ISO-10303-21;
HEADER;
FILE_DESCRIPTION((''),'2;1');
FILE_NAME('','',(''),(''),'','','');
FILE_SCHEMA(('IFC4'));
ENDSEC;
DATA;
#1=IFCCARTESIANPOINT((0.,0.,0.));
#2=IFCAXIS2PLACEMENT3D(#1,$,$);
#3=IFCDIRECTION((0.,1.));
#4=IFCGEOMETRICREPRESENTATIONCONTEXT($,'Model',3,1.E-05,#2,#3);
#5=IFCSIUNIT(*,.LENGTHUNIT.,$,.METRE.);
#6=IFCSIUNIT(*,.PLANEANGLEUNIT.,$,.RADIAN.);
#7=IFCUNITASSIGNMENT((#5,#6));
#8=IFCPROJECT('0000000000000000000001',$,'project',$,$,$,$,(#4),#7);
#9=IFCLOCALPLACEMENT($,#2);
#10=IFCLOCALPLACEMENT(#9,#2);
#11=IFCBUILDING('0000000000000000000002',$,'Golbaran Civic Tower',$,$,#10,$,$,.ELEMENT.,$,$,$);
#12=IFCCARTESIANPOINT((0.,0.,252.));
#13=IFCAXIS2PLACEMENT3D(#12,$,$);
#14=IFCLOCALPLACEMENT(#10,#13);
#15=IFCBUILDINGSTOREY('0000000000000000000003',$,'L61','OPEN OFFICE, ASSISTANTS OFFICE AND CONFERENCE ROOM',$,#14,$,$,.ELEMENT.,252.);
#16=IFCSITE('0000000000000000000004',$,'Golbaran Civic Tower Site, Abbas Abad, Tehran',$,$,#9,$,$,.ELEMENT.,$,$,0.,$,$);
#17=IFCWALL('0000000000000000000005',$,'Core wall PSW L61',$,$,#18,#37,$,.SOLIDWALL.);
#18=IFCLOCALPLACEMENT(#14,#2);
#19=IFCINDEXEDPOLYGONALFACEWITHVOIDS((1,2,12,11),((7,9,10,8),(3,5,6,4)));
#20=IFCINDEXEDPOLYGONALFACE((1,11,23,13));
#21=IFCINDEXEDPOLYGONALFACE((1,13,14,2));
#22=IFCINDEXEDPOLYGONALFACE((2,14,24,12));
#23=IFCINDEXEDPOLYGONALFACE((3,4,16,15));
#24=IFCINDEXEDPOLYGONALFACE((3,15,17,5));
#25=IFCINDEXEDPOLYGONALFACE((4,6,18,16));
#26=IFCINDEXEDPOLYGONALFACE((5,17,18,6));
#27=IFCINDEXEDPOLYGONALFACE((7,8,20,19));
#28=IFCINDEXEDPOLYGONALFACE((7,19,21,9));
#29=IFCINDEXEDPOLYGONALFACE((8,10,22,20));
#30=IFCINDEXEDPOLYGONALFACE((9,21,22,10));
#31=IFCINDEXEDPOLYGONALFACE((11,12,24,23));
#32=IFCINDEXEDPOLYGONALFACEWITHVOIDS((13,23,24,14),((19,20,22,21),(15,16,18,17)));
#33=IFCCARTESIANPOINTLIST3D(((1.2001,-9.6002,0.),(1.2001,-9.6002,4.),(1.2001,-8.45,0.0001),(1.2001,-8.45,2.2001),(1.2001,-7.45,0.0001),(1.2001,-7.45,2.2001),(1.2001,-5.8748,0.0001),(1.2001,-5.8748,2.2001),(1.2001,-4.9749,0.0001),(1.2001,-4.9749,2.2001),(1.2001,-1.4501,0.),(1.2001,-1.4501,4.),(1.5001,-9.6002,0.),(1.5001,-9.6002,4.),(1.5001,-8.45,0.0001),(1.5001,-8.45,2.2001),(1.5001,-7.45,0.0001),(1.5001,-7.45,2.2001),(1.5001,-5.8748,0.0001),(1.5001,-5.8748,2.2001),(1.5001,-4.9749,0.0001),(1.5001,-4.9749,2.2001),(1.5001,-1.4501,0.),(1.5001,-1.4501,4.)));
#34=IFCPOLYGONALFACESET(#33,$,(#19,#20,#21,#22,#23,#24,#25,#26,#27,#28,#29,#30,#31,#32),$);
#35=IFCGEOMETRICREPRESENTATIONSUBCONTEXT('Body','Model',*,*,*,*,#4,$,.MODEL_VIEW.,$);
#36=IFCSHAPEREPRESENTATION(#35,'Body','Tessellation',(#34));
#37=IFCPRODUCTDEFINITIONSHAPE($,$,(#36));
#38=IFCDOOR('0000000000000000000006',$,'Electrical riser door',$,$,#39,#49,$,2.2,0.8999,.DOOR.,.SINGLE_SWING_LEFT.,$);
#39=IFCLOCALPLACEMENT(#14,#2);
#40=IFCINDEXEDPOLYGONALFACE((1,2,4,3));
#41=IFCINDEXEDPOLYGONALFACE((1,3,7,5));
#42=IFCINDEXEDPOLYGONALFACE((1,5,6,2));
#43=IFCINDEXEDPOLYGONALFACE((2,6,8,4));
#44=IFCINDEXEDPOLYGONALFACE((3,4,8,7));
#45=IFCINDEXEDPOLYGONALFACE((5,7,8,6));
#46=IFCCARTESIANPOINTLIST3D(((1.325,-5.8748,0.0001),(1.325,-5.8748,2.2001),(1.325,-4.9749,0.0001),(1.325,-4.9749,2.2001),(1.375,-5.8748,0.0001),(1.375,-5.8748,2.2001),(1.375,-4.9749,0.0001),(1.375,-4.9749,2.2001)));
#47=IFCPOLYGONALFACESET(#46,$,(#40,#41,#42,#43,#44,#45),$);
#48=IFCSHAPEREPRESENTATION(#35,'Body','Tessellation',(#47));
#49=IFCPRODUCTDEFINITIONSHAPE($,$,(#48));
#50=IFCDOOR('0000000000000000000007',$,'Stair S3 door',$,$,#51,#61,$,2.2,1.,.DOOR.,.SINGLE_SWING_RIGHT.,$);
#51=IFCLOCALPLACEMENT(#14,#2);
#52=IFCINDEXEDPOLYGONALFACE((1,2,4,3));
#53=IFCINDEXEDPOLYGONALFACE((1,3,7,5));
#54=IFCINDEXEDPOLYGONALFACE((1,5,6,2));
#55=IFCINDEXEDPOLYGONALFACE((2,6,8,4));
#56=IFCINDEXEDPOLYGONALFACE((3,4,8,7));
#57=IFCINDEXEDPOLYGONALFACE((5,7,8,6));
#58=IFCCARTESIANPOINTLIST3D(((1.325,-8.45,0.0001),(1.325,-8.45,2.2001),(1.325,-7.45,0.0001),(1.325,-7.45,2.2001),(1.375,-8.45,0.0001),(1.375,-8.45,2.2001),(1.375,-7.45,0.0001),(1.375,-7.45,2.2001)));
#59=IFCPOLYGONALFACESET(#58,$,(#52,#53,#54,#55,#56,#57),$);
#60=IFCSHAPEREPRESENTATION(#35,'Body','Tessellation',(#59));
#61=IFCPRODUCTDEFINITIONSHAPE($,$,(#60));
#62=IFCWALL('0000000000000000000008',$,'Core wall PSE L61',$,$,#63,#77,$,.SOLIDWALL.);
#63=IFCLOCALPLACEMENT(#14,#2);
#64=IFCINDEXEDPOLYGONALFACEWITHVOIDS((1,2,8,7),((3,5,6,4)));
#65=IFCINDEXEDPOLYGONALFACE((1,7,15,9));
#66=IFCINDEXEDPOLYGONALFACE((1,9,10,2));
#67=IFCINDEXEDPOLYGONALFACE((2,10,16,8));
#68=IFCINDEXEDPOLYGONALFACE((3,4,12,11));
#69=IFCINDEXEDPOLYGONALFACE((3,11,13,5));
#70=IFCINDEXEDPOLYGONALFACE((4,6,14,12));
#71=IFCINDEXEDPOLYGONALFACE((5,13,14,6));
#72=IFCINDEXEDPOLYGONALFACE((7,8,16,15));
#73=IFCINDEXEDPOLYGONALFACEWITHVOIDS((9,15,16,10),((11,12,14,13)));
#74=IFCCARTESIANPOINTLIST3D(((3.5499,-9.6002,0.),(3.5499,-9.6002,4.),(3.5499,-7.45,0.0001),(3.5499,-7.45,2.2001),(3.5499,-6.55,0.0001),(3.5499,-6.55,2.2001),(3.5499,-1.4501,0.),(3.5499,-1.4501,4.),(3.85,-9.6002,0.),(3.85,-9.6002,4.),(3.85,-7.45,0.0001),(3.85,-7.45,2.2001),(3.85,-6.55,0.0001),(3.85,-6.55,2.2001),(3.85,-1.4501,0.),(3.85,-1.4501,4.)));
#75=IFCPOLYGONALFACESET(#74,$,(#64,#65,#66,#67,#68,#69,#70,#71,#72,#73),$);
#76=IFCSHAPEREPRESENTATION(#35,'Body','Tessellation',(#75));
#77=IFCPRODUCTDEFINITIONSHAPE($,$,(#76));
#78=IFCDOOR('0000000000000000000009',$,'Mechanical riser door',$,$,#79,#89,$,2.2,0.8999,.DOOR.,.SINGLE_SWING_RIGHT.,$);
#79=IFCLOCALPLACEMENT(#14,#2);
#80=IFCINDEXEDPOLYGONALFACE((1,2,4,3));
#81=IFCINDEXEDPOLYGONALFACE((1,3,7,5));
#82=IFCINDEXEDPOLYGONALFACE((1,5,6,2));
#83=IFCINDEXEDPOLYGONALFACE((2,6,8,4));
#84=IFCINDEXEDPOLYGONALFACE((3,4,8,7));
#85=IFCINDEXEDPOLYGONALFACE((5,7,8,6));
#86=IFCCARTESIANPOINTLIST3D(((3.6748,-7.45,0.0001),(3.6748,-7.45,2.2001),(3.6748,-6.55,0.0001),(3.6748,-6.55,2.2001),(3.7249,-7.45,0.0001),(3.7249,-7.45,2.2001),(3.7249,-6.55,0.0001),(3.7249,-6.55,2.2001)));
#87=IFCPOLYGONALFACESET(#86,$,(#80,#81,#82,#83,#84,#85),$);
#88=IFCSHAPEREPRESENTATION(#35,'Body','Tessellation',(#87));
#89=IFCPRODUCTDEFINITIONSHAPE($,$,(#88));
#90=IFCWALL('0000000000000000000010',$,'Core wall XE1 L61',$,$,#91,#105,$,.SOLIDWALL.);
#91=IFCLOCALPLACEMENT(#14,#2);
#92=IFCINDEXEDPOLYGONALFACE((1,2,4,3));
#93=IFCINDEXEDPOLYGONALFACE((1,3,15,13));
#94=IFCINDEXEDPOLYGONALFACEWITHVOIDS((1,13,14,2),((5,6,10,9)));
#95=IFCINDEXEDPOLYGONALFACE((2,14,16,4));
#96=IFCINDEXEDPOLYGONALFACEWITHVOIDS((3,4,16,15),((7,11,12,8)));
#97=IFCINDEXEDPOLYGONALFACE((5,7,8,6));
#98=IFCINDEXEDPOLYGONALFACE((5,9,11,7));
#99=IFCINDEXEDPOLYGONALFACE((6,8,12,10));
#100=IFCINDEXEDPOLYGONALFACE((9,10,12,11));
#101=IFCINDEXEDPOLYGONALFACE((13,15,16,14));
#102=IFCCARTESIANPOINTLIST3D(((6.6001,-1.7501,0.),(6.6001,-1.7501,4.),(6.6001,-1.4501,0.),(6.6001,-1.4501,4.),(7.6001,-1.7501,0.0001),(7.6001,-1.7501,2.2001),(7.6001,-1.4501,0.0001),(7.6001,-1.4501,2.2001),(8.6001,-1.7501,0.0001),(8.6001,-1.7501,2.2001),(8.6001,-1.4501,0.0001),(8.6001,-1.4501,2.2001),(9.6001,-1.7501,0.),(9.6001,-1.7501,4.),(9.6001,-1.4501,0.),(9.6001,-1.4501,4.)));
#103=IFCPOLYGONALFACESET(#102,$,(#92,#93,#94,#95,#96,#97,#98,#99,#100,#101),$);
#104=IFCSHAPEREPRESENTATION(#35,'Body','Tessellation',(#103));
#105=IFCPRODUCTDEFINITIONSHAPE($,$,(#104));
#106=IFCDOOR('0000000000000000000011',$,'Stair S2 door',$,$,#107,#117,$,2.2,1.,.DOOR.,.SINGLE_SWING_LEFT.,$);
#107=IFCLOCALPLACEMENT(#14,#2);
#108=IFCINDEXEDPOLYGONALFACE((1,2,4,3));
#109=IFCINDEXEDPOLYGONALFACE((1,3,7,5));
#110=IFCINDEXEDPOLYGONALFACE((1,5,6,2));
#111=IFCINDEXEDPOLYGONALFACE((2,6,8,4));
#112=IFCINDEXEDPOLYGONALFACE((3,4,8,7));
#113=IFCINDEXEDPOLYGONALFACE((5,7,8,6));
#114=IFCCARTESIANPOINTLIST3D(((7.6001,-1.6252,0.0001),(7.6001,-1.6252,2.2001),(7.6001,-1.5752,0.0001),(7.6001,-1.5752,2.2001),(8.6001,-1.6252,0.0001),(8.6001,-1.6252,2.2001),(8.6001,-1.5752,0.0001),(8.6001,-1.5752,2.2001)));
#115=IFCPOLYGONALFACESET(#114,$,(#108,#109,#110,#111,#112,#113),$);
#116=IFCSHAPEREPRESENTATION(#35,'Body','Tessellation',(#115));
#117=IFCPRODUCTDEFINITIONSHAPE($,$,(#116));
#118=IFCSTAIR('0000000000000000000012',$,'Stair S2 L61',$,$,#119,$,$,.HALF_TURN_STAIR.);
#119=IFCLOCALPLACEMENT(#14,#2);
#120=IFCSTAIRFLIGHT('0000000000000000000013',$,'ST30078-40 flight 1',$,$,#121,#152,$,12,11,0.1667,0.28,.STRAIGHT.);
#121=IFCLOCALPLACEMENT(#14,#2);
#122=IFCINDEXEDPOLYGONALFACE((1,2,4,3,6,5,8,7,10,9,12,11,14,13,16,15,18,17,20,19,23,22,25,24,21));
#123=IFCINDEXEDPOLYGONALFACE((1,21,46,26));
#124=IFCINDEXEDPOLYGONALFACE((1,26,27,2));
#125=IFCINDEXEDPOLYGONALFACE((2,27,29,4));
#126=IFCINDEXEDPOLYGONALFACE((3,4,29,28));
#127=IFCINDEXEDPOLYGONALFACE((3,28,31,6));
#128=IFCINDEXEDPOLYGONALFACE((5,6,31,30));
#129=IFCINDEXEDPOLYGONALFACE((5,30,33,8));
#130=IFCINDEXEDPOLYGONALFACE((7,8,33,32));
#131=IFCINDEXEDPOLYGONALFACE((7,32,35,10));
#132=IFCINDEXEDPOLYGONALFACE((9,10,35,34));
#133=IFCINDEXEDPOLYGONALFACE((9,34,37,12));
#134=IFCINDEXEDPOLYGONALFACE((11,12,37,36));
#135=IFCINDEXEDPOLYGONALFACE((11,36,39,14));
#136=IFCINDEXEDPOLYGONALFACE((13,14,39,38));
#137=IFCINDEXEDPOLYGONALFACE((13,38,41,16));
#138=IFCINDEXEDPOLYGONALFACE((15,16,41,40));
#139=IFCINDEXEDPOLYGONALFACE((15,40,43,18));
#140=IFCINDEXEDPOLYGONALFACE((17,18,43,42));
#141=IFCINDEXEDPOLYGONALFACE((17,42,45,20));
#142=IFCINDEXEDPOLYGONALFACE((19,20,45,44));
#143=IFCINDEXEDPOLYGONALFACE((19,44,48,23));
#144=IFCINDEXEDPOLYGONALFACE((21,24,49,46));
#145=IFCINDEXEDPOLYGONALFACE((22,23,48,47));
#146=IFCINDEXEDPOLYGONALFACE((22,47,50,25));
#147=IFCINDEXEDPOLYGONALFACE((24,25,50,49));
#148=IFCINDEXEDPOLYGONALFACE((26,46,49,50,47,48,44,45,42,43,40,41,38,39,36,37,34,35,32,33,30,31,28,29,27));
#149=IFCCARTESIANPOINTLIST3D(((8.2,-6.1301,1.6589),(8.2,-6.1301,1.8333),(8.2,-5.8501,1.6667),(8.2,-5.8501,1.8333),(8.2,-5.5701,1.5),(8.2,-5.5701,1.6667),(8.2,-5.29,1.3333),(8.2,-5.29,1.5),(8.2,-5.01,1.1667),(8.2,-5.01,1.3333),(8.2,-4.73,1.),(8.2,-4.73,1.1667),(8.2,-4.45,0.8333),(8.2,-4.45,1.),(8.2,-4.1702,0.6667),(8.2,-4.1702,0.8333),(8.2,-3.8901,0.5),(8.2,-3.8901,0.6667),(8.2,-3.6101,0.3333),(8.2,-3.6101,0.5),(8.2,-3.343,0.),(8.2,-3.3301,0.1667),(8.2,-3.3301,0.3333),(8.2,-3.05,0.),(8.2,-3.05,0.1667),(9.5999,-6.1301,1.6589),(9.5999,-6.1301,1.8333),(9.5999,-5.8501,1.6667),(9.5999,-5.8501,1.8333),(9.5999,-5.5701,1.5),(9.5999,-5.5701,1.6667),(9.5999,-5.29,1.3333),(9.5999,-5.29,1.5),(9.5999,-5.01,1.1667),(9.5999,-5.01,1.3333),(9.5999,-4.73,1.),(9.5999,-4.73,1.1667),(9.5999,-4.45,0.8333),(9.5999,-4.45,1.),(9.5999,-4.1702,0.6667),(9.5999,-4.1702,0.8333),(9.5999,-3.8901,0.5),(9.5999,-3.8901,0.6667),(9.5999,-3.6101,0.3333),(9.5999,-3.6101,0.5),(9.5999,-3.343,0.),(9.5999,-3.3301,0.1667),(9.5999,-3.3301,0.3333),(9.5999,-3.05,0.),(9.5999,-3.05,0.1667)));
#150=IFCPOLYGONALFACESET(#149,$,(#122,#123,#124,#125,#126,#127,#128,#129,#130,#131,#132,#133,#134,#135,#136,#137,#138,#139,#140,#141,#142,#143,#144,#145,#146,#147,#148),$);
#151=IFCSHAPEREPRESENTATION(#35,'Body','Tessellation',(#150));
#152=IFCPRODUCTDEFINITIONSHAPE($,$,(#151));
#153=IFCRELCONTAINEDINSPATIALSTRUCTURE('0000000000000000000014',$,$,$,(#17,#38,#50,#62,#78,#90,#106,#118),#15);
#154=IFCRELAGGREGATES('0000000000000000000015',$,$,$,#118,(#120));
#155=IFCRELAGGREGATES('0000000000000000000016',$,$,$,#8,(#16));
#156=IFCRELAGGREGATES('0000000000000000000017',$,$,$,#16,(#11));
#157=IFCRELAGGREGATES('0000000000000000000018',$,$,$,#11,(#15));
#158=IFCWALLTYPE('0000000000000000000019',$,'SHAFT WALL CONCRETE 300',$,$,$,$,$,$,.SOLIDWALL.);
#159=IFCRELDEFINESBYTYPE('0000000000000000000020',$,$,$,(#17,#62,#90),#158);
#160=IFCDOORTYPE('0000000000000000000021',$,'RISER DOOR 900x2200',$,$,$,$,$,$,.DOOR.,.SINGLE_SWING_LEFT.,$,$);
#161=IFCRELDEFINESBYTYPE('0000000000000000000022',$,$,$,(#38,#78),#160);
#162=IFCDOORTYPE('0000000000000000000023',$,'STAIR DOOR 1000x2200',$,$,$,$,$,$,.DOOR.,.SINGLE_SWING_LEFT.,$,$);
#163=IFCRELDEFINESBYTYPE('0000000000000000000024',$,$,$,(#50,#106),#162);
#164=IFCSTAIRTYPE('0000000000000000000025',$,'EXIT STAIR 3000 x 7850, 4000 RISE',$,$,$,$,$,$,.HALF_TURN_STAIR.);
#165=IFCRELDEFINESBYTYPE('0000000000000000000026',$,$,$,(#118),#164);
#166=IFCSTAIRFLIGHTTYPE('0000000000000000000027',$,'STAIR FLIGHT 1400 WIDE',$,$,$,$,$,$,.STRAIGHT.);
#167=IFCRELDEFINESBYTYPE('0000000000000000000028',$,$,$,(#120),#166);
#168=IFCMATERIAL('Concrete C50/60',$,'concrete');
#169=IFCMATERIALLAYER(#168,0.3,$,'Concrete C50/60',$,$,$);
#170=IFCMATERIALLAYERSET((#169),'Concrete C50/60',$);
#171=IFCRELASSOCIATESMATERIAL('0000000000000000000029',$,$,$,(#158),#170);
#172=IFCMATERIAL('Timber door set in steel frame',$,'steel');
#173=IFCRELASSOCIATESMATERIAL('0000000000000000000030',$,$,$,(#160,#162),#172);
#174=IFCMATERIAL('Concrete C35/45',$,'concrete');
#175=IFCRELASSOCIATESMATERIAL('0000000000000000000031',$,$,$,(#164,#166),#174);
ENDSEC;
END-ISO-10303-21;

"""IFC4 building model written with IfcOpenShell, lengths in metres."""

from ifc_helpers import new_model, si_unit, direction, frame, frame_2d, origin, place, context, subcontext, project, spatial, polyline, rectangle, outline, extrude, material, layer, layer_set, type_object, element, fill, aggregate, save


model = new_model("IFC4")

# Units and contexts
model_context = context("Model", 3, precision=1e-05, world=origin(), true_north=direction((0.0, 1.0)))
body_context = subcontext(model_context, "Body", "Model", "MODEL_VIEW")
ifc_project = project(units=[si_unit("LENGTHUNIT", "METRE"), si_unit("PLANEANGLEUNIT", "RADIAN")], contexts=[model_context])

# Site, building, storey
site_placement = place(None, origin())
site = spatial("IfcSite", under=ifc_project, at=site_placement, Name="Golbaran Civic Tower Site, Abbas Abad, Tehran", CompositionType="ELEMENT", RefElevation=0.0)
building_placement = place(site_placement, origin())
building = spatial("IfcBuilding", under=site, at=building_placement, Name="Golbaran Civic Tower", CompositionType="ELEMENT")
storey_placement = place(building_placement, frame((0.0, 0.0, 252.0)))
storey = spatial("IfcBuildingStorey", under=building, at=storey_placement, Name="L61", Description="OPEN OFFICE, ASSISTANTS OFFICE AND CONFERENCE ROOM", CompositionType="ELEMENT", Elevation=252.0)

# Shared definitions
ifc_material_1 = material(Name="Concrete C35/45", Category="concrete")

# Shared definitions
ifc_material_2 = material(Name="Concrete C50/60", Category="concrete")

# Shared definitions
ifc_material_3 = material(Name="Timber door set in steel frame", Category="steel")

# Shared definitions
ifc_layer_1 = layer(ifc_material_2, 0.3, Name="Concrete C50/60")
ifc_layer_set_1 = layer_set([ifc_layer_1], Name="Concrete C50/60")
wall_type_1 = type_object("IfcWallType", Name="SHAFT WALL CONCRETE 300", PredefinedType="SOLIDWALL", material=ifc_layer_set_1)

# Wall, openings, doors
wall_1_placement = place(storey_placement, frame((1.3501, -1.45, 0.0), z_axis=(0.0, 0.0, 1.0), x_axis=(0.0, -1.0, 0.0)))
wall_1 = element("IfcWall", 1, at=wall_1_placement, inside=storey, type_object=wall_type_1, Name="Core wall PSW L61", PredefinedType="SOLIDWALL", context=body_context, shape_type="SweptSolid", body=[
    extrude(rectangle(XDim=8.1501, YDim=0.3, at=frame_2d((4.0752, 0.0))), origin(), (0.0, 0.0, 1.0), 4.0),
])
opening_1_placement = place(wall_1_placement, frame((6.0, 0.0, 0.0)))
opening_1 = element("IfcOpeningElement", 2, at=opening_1_placement, cuts=wall_1, PredefinedType="OPENING", context=body_context, shape_type="SweptSolid", body=[
    extrude(rectangle(XDim=1.0, YDim=2.2, at=frame_2d((0.5, 1.1001))), frame((0.0, 0.1599, 0.0), z_axis=(0.0, -1.0, 0.0), x_axis=(1.0, 0.0, 0.0)), (0.0, 0.0, 1.0), 0.3201),
])
opening_2_placement = place(wall_1_placement, frame((3.5249, 0.0, 0.0)))
opening_2 = element("IfcOpeningElement", 3, at=opening_2_placement, cuts=wall_1, PredefinedType="OPENING", context=body_context, shape_type="SweptSolid", body=[
    extrude(rectangle(XDim=0.8999, YDim=2.2, at=frame_2d((0.45, 1.1001))), frame((0.0, 0.1599, 0.0), z_axis=(0.0, -1.0, 0.0), x_axis=(1.0, 0.0, 0.0)), (0.0, 0.0, 1.0), 0.3201),
])
door_type_1 = type_object("IfcDoorType", Name="RISER DOOR 900x2200", OperationType="SINGLE_SWING_LEFT", PredefinedType="DOOR", material=ifc_material_3)
door_1_placement = place(opening_2_placement, origin())
door_1 = element("IfcDoor", 4, at=door_1_placement, inside=storey, type_object=door_type_1, Name="Electrical riser door", OperationType="SINGLE_SWING_LEFT", OverallHeight=2.2, OverallWidth=0.8999, PredefinedType="DOOR", context=body_context, shape_type="SweptSolid", body=[
    extrude(rectangle(XDim=0.8999, YDim=2.2, at=frame_2d((0.45, 1.1001))), frame((0.0, 0.0249, 0.0), z_axis=(0.0, -1.0, 0.0), x_axis=(1.0, 0.0, 0.0)), (0.0, 0.0, 1.0), 0.05),
])
fill(opening_2, door_1)
door_type_2 = type_object("IfcDoorType", Name="STAIR DOOR 1000x2200", OperationType="SINGLE_SWING_LEFT", PredefinedType="DOOR", material=ifc_material_3)
door_2_placement = place(opening_1_placement, origin())
door_2 = element("IfcDoor", 5, at=door_2_placement, inside=storey, type_object=door_type_2, Name="Stair S3 door", OperationType="SINGLE_SWING_RIGHT", OverallHeight=2.2, OverallWidth=1.0, PredefinedType="DOOR", context=body_context, shape_type="SweptSolid", body=[
    extrude(rectangle(XDim=1.0, YDim=2.2, at=frame_2d((0.5, 1.1001))), frame((0.0, 0.0249, 0.0), z_axis=(0.0, -1.0, 0.0), x_axis=(1.0, 0.0, 0.0)), (0.0, 0.0, 1.0), 0.05),
])
fill(opening_1, door_2)

# Walls, openings, doors
wall_2_placement = place(storey_placement, frame((3.7, -1.45, 0.0), z_axis=(0.0, 0.0, 1.0), x_axis=(0.0, -1.0, 0.0)))
wall_2 = element("IfcWall", 6, at=wall_2_placement, inside=storey, type_object=wall_type_1, Name="Core wall PSE L61", PredefinedType="SOLIDWALL", context=body_context, shape_type="SweptSolid", body=[
    extrude(rectangle(XDim=8.1501, YDim=0.3, at=frame_2d((4.0752, 0.0))), origin(), (0.0, 0.0, 1.0), 4.0),
])
opening_3_placement = place(wall_2_placement, frame((5.1001, 0.0, 0.0)))
opening_3 = element("IfcOpeningElement", 7, at=opening_3_placement, cuts=wall_2, PredefinedType="OPENING", context=body_context, shape_type="SweptSolid", body=[
    extrude(rectangle(XDim=0.8999, YDim=2.2, at=frame_2d((0.45, 1.1001))), frame((0.0, 0.1599, 0.0), z_axis=(0.0, -1.0, 0.0), x_axis=(1.0, 0.0, 0.0)), (0.0, 0.0, 1.0), 0.3201),
])
door_3_placement = place(opening_3_placement, origin())
door_3 = element("IfcDoor", 8, at=door_3_placement, inside=storey, type_object=door_type_1, Name="Mechanical riser door", OperationType="SINGLE_SWING_RIGHT", OverallHeight=2.2, OverallWidth=0.8999, PredefinedType="DOOR", context=body_context, shape_type="SweptSolid", body=[
    extrude(rectangle(XDim=0.8999, YDim=2.2, at=frame_2d((0.45, 1.1001))), frame((0.0, 0.0249, 0.0), z_axis=(0.0, -1.0, 0.0), x_axis=(1.0, 0.0, 0.0)), (0.0, 0.0, 1.0), 0.05),
])
fill(opening_3, door_3)
wall_3_placement = place(storey_placement, frame((6.6001, -1.6001, 0.0), z_axis=(0.0, 0.0, 1.0), x_axis=(1.0, 0.0, 0.0)))
wall_3 = element("IfcWall", 9, at=wall_3_placement, inside=storey, type_object=wall_type_1, Name="Core wall XE1 L61", PredefinedType="SOLIDWALL", context=body_context, shape_type="SweptSolid", body=[
    extrude(rectangle(XDim=3.0, YDim=0.3, at=frame_2d((1.5, 0.0))), origin(), (0.0, 0.0, 1.0), 4.0),
])
opening_4_placement = place(wall_3_placement, frame((1.0, 0.0, 0.0)))
opening_4 = element("IfcOpeningElement", 10, at=opening_4_placement, cuts=wall_3, PredefinedType="OPENING", context=body_context, shape_type="SweptSolid", body=[
    extrude(rectangle(XDim=1.0, YDim=2.2, at=frame_2d((0.5, 1.1001))), frame((0.0, 0.1599, 0.0), z_axis=(0.0, -1.0, 0.0), x_axis=(1.0, 0.0, 0.0)), (0.0, 0.0, 1.0), 0.3201),
])
door_4_placement = place(opening_4_placement, origin())
door_4 = element("IfcDoor", 11, at=door_4_placement, inside=storey, type_object=door_type_2, Name="Stair S2 door", OperationType="SINGLE_SWING_LEFT", OverallHeight=2.2, OverallWidth=1.0, PredefinedType="DOOR", context=body_context, shape_type="SweptSolid", body=[
    extrude(rectangle(XDim=1.0, YDim=2.2, at=frame_2d((0.5, 1.1001))), frame((0.0, 0.0249, 0.0), z_axis=(0.0, -1.0, 0.0), x_axis=(1.0, 0.0, 0.0)), (0.0, 0.0, 1.0), 0.05),
])
fill(opening_4, door_4)

# Stair, stair flight
stair_type = type_object("IfcStairType", Name="EXIT STAIR 3000 x 7850, 4000 RISE", PredefinedType="HALF_TURN_STAIR", material=ifc_material_1)
stair_placement = place(storey_placement, origin())
stair = element("IfcStair", 12, at=stair_placement, inside=storey, type_object=stair_type, Name="Stair S2 L61", PredefinedType="HALF_TURN_STAIR")
stair_flight_type = type_object("IfcStairFlightType", Name="STAIR FLIGHT 1400 WIDE", PredefinedType="STRAIGHT", material=ifc_material_1)
stair_flight_1_placement = place(storey_placement, frame((8.8999, -3.05, 0.0), z_axis=(0.0, 0.0, 1.0), x_axis=(0.0, -1.0, 0.0)))
stair_flight_1 = element("IfcStairFlight", 13, at=stair_flight_1_placement, type_object=stair_flight_type, Name="ST30078-40 flight 1", NumberOfRisers=12, NumberOfTreads=11, PredefinedType="STRAIGHT", RiserHeight=0.1667, TreadLength=0.28, context=body_context, shape_type="SweptSolid", body=[
    extrude(outline(polyline([(0.0, 0.0), (0.0, 0.1667), (0.28, 0.1667), (0.28, 0.3333), (0.5601, 0.3333), (0.5601, 0.5), (0.8401, 0.5), (0.8401, 0.6667), (1.1201, 0.6667), (1.1201, 0.8333), (1.3999, 0.8333), (1.3999, 1.0), (1.6799, 1.0), (1.6799, 1.1667), (1.96, 1.1667), (1.96, 1.3333), (2.24, 1.3333), (2.24, 1.5), (2.52, 1.5), (2.52, 1.6667), (2.8, 1.6667), (2.8, 1.8333), (3.0801, 1.8333), (3.0801, 2.0), (3.0801, 1.6589), (0.293, 0.0), (0.0, 0.0)])), frame((0.0, 0.7, 0.0), z_axis=(0.0, -1.0, 0.0), x_axis=(1.0, 0.0, 0.0)), (0.0, 0.0, 1.0), 1.3999),
])
aggregate(stair, [stair_flight_1])

save(model, "model.ifc")
